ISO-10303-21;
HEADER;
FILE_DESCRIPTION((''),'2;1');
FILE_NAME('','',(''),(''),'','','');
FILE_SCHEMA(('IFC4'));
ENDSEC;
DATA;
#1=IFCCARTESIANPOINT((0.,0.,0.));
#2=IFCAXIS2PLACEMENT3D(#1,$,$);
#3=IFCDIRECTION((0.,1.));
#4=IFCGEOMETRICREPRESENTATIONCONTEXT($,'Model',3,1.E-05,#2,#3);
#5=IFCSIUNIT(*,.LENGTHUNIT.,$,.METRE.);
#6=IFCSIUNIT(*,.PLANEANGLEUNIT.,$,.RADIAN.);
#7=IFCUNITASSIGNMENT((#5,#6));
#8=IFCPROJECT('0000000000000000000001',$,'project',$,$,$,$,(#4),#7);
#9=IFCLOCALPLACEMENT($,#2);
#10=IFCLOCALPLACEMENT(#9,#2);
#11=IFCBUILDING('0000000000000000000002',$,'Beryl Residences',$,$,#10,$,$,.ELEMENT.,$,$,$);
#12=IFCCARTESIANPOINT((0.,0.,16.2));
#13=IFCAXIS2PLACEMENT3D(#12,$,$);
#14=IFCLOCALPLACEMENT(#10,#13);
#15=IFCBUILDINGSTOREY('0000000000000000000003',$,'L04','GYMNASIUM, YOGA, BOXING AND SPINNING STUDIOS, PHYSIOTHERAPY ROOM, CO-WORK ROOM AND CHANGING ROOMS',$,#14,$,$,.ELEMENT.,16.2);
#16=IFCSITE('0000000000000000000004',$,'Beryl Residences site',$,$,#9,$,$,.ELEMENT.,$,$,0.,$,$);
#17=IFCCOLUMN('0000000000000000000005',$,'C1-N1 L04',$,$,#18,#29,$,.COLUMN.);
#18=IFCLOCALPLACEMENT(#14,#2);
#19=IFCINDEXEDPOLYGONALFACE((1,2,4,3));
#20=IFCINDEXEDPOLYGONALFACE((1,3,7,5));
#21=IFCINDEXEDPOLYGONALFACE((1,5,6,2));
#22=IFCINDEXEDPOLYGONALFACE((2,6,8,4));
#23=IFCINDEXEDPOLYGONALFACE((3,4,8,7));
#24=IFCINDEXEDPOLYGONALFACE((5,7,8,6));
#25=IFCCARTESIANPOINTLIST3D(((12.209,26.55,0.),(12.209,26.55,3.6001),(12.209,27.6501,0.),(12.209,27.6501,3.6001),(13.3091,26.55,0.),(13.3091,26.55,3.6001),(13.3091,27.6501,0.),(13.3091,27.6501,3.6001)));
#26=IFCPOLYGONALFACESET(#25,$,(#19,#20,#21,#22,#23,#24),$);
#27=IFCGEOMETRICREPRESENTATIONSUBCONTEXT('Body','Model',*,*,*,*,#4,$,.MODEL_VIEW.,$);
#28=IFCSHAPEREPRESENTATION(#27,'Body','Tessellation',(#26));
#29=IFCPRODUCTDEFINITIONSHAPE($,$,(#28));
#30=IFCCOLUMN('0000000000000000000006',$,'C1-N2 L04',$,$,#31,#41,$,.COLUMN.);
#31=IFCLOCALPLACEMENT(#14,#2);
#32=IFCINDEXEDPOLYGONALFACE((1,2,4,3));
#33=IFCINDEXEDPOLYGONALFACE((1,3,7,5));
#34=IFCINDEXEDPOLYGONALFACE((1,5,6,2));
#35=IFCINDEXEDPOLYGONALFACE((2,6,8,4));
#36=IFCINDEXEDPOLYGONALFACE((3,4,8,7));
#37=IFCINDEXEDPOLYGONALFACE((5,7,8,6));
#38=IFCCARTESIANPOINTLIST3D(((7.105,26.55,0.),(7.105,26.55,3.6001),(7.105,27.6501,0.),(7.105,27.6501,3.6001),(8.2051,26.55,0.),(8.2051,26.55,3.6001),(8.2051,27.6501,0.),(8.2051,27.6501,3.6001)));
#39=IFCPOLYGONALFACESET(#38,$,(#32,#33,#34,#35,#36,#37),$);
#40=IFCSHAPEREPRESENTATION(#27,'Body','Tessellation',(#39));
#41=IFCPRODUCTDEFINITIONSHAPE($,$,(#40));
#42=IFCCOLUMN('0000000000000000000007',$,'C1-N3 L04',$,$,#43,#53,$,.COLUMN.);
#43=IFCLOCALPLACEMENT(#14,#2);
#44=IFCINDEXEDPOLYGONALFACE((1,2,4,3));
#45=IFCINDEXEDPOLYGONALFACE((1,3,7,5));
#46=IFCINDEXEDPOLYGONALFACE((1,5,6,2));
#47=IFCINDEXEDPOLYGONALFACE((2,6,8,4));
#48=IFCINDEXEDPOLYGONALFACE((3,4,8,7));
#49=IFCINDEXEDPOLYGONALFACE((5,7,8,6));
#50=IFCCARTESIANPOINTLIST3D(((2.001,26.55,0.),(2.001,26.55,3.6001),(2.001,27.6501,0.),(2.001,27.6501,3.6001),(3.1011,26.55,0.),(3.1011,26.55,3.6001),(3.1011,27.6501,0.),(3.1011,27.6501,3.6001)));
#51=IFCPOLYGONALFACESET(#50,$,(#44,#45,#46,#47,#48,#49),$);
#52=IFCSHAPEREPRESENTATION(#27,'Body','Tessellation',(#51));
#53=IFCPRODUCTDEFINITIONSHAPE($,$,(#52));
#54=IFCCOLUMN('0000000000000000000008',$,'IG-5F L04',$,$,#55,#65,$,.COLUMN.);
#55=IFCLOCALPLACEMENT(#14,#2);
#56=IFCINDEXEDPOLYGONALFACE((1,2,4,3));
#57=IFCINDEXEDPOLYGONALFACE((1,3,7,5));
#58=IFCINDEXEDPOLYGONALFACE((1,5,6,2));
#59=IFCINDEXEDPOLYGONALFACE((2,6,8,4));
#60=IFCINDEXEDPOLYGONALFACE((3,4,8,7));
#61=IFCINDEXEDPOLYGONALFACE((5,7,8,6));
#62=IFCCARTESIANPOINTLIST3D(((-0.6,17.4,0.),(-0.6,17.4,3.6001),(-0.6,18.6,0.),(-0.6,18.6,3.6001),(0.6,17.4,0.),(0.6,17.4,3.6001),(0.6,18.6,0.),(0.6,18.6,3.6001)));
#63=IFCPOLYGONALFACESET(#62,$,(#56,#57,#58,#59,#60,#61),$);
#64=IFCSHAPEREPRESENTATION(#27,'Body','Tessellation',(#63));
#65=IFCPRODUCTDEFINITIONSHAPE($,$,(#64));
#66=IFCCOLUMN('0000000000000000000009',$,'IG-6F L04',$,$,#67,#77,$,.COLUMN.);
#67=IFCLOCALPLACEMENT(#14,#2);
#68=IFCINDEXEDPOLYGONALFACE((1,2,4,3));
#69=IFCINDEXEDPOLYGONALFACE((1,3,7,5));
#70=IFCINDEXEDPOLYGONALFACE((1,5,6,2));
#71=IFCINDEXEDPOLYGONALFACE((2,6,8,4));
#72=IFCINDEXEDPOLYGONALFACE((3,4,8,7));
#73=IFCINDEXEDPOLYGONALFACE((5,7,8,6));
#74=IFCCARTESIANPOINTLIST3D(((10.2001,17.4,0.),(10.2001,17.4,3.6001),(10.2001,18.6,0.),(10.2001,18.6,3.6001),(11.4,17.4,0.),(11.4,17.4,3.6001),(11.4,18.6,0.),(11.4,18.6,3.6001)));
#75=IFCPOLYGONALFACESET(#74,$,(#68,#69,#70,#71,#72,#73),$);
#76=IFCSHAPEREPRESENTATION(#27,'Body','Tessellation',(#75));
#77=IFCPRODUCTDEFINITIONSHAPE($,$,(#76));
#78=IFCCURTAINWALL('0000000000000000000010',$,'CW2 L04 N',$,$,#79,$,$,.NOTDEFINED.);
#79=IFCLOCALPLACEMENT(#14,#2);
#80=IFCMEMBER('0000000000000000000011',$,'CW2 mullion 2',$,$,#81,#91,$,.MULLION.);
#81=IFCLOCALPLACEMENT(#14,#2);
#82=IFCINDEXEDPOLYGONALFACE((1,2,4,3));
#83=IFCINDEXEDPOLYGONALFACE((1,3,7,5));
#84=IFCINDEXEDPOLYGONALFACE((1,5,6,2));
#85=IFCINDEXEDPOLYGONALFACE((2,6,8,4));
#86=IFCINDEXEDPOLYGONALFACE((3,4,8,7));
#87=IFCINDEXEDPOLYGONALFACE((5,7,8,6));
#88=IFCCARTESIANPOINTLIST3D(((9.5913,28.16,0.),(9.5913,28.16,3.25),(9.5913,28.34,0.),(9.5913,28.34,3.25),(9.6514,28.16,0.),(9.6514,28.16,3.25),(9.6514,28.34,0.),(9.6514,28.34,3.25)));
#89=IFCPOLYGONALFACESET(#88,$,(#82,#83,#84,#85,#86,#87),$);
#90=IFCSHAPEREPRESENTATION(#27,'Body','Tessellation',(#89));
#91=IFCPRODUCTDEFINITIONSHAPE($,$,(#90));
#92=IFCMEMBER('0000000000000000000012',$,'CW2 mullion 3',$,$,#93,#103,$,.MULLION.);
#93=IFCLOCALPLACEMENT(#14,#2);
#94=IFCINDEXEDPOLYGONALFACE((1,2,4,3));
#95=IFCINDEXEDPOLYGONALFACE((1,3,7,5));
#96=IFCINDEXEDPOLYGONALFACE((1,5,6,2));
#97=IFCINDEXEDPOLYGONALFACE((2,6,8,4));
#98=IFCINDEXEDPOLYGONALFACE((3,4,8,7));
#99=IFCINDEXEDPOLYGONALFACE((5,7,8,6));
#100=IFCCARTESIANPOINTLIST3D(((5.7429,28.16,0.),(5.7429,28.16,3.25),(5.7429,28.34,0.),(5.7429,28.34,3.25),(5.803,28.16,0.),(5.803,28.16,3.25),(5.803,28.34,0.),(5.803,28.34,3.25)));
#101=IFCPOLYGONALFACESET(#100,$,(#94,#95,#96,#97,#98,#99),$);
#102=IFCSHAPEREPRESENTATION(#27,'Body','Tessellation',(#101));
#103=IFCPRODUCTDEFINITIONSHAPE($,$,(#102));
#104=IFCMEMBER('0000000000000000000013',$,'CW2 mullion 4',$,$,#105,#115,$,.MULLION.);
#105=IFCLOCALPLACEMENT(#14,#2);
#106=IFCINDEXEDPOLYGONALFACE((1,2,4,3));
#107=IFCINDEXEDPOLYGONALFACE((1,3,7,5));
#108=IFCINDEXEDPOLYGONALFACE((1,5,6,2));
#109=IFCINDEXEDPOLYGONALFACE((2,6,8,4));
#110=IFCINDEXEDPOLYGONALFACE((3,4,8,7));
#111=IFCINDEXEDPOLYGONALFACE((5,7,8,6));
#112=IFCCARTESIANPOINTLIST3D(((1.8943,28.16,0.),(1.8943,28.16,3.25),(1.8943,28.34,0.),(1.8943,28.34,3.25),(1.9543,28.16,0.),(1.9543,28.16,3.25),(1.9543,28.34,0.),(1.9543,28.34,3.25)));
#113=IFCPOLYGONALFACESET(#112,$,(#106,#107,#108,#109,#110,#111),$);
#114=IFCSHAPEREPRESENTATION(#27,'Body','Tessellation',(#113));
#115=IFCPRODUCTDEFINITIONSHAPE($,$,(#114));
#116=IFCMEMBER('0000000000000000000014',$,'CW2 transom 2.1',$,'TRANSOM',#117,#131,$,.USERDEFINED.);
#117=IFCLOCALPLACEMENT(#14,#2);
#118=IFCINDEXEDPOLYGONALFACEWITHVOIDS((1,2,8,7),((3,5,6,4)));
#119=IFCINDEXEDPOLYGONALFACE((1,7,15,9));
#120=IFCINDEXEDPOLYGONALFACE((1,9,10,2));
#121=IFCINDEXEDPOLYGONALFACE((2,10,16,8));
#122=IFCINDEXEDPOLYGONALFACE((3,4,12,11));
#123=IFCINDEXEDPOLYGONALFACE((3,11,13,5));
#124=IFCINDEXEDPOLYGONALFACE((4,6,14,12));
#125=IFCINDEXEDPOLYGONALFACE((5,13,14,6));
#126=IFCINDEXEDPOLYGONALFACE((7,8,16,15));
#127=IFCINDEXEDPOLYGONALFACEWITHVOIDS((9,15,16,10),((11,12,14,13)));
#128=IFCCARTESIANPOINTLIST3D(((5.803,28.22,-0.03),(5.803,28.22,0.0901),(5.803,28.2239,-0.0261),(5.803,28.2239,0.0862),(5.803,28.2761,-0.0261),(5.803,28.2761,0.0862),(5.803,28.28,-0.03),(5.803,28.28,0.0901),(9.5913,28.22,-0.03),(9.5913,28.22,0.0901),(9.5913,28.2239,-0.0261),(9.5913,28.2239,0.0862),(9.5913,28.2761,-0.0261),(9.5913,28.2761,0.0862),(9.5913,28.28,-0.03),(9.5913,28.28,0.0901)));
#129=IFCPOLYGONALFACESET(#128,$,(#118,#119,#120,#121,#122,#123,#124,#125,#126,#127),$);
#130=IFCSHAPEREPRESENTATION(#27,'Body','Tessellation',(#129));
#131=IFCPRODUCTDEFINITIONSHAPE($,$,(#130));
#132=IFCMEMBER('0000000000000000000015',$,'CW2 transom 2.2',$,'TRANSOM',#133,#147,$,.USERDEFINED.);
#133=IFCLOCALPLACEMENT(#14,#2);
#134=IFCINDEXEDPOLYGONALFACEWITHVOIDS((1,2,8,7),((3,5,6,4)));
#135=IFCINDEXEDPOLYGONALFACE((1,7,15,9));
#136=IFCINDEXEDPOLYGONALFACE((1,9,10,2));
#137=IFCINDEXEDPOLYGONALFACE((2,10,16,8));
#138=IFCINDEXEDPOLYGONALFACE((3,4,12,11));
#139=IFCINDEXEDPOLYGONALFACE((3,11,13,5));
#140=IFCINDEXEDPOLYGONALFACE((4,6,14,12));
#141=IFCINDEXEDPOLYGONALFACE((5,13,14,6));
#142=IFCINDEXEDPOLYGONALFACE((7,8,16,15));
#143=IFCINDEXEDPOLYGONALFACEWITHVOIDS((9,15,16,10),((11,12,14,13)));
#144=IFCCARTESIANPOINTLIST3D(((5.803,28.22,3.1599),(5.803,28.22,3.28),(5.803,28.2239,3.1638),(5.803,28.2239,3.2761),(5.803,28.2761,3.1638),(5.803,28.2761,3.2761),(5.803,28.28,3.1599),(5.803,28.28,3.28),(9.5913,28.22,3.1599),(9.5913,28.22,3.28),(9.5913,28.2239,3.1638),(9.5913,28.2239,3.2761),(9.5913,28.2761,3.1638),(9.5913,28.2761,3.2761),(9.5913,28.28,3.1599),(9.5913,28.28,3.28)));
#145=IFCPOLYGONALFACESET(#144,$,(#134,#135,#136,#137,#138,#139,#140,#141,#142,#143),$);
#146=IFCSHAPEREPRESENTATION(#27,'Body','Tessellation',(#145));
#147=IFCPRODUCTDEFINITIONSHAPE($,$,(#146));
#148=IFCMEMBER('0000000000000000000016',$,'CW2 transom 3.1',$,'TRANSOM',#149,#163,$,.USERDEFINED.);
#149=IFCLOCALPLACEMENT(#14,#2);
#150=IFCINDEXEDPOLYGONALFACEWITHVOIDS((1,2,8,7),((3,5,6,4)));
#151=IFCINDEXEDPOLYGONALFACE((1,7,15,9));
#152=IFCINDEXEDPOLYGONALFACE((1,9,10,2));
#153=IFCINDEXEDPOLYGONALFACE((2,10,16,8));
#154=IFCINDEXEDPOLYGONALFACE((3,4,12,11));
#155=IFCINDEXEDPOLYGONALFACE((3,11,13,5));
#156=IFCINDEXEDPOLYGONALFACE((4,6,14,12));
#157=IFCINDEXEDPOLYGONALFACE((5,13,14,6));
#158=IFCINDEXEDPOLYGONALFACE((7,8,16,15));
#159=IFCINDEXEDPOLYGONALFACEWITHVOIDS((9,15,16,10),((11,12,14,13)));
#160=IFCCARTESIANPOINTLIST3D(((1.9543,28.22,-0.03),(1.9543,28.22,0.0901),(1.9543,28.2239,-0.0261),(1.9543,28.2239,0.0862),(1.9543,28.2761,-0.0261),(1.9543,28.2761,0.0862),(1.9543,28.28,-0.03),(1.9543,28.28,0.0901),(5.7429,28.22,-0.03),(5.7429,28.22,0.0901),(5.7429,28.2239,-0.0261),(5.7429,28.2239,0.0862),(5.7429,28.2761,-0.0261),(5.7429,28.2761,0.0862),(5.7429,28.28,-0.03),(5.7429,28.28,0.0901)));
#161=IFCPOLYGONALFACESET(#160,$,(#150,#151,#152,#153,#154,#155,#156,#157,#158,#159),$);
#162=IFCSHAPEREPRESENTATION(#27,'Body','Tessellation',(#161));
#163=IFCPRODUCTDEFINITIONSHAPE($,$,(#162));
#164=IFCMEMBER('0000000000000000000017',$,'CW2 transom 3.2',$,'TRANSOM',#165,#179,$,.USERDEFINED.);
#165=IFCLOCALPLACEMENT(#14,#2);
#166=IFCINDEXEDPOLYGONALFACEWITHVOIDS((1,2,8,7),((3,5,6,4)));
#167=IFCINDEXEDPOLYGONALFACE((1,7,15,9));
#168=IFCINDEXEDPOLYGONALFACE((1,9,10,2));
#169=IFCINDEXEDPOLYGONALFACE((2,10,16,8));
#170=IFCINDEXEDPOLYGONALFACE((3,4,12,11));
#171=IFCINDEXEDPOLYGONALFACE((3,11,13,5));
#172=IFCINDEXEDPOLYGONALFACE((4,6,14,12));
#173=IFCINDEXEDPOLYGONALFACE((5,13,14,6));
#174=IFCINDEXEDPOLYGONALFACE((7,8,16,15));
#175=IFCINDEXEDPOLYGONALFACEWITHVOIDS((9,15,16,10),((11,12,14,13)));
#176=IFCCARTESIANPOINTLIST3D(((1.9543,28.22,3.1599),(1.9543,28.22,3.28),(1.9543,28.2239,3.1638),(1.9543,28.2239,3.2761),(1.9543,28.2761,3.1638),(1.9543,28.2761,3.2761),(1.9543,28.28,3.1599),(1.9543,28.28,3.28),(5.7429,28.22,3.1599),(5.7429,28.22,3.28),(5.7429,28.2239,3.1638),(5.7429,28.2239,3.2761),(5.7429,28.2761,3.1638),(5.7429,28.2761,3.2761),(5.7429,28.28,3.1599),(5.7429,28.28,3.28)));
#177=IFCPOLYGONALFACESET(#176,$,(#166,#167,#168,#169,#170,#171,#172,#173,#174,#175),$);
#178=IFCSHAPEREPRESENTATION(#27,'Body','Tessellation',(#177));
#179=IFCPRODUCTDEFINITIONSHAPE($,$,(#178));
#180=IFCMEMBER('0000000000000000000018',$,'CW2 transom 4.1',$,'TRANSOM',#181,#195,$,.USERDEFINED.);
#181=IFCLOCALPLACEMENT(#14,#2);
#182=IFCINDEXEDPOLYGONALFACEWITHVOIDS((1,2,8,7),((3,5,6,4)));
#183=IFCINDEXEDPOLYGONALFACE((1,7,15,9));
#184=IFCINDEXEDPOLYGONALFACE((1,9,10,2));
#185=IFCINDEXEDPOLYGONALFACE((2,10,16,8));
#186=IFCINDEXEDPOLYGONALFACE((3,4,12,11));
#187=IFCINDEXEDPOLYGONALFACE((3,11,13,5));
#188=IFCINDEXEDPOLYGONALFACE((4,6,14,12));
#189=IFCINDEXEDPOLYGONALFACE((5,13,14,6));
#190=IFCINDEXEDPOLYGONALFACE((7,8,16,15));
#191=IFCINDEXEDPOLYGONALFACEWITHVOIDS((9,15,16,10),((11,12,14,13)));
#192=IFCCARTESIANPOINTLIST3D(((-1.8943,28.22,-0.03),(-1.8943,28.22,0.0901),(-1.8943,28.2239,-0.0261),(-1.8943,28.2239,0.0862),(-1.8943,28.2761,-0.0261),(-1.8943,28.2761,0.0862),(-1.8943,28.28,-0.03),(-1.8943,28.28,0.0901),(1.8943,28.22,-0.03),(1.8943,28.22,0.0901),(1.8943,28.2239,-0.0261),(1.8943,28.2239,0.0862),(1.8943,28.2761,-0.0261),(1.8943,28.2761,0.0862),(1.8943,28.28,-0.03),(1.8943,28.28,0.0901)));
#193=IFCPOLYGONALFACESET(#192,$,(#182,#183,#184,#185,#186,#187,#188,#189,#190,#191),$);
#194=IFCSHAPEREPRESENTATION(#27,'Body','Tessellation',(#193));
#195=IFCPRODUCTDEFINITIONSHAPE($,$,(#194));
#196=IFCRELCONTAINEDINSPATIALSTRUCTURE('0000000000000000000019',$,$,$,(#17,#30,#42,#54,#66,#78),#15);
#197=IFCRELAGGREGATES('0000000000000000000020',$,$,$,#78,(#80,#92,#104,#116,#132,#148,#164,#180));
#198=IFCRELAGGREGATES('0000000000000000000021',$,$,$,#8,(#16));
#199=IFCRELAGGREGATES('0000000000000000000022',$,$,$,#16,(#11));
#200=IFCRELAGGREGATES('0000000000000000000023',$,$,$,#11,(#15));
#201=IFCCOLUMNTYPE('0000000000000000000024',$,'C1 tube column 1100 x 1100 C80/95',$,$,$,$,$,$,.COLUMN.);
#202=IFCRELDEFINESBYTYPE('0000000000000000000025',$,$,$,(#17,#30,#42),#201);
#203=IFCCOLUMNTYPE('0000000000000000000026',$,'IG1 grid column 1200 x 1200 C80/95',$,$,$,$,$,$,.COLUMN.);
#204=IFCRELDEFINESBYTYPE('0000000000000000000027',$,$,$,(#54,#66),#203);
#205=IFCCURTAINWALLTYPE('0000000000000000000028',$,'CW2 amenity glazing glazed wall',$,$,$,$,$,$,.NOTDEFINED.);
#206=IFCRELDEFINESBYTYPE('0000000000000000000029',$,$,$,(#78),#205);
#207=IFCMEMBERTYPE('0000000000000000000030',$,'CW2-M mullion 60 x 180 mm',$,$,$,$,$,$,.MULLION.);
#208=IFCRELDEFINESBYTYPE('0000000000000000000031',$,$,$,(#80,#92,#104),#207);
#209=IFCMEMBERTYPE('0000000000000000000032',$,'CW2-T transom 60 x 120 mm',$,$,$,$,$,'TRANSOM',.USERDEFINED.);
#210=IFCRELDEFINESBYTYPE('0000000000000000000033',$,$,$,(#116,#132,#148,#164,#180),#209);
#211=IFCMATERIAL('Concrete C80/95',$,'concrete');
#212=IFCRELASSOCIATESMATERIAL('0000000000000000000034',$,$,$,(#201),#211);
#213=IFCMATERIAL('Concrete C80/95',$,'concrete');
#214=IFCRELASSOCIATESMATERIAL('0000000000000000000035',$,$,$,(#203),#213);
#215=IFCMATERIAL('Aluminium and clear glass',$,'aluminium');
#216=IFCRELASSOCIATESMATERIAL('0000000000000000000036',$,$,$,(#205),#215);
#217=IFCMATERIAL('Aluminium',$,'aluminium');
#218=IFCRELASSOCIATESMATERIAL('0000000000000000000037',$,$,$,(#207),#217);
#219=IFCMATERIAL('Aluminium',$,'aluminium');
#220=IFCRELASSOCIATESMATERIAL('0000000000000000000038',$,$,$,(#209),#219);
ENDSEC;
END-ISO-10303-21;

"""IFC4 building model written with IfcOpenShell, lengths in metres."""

from ifc_helpers import new_model, si_unit, direction, frame, origin, origin_2d, place, context, subcontext, project, spatial, rectangle, hollow_rectangle, extrude, material, material_profile, profile_set, type_object, element, aggregate, save


model = new_model("IFC4")

# Units and contexts
model_context = context("Model", 3, precision=1e-05, world=origin(), true_north=direction((0.0, 1.0)))
body_context = subcontext(model_context, "Body", "Model", "MODEL_VIEW")
ifc_project = project(units=[si_unit("LENGTHUNIT", "METRE"), si_unit("PLANEANGLEUNIT", "RADIAN")], contexts=[model_context])

# Site, building, storey
site_placement = place(None, origin())
site = spatial("IfcSite", under=ifc_project, at=site_placement, Name="Beryl Residences site", CompositionType="ELEMENT", RefElevation=0.0)
building_placement = place(site_placement, origin())
building = spatial("IfcBuilding", under=site, at=building_placement, Name="Beryl Residences", CompositionType="ELEMENT")
storey_placement = place(building_placement, frame((0.0, 0.0, 16.2)))
storey = spatial("IfcBuildingStorey", under=building, at=storey_placement, Name="L04", Description="GYMNASIUM, YOGA, BOXING AND SPINNING STUDIOS, PHYSIOTHERAPY ROOM, CO-WORK ROOM AND CHANGING ROOMS", CompositionType="ELEMENT", Elevation=16.2)

# Columns
ifc_material_1 = material(Name="Concrete C80/95", Category="concrete")
ifc_material_profile_1 = material_profile(ifc_material_1, rectangle(XDim=1.1001, YDim=1.1001, at=origin_2d()))
ifc_profile_set_1 = profile_set([ifc_material_profile_1], Name="Concrete C80/95")
column_type_1 = type_object("IfcColumnType", Name="C1 tube column 1100 x 1100 C80/95", PredefinedType="COLUMN", material=ifc_profile_set_1)
for number, where, z_axis, x_axis, name in (
    (1, (12.759, 27.1001, 0.0), (0.0, 0.0, 1.0), (-1.0, 0.0, 0.0), "C1-N1 L04"),
    (2, (7.655, 27.1001, 0.0), (0.0, 0.0, 1.0), (-1.0, 0.0, 0.0), "C1-N2 L04"),
    (3, (2.551, 27.1001, 0.0), (0.0, 0.0, 1.0), (-1.0, 0.0, 0.0), "C1-N3 L04"),
):
    element("IfcColumn", number, at=place(storey_placement, frame(where, z_axis=z_axis, x_axis=x_axis)), inside=storey, type_object=column_type_1, Name=name, PredefinedType="COLUMN", context=body_context, shape_type="SweptSolid", body=[
        extrude(rectangle(XDim=1.1001, YDim=1.1001, at=origin_2d()), origin(), (0.0, 0.0, 1.0), 3.6001),
    ])
ifc_material_2 = material(Name="Concrete C80/95", Category="concrete")
ifc_material_profile_2 = material_profile(ifc_material_2, rectangle(XDim=1.2, YDim=1.2, at=origin_2d()))
ifc_profile_set_2 = profile_set([ifc_material_profile_2], Name="Concrete C80/95")
column_type_2 = type_object("IfcColumnType", Name="IG1 grid column 1200 x 1200 C80/95", PredefinedType="COLUMN", material=ifc_profile_set_2)
for number, where, z_axis, x_axis, name in (
    (4, (0.0, 18.0, 0.0), (0.0, 0.0, 1.0), (1.0, 0.0, 0.0), "IG-5F L04"),
    (5, (10.8, 18.0, 0.0), (0.0, 0.0, 1.0), (1.0, 0.0, 0.0), "IG-6F L04"),
):
    element("IfcColumn", number, at=place(storey_placement, frame(where, z_axis=z_axis, x_axis=x_axis)), inside=storey, type_object=column_type_2, Name=name, PredefinedType="COLUMN", context=body_context, shape_type="SweptSolid", body=[
        extrude(rectangle(XDim=1.2, YDim=1.2, at=origin_2d()), origin(), (0.0, 0.0, 1.0), 3.6001),
    ])

# Curtain wall, members
ifc_material_3 = material(Name="Aluminium and clear glass", Category="aluminium")
curtain_wall_type = type_object("IfcCurtainWallType", Name="CW2 amenity glazing glazed wall", PredefinedType="NOTDEFINED", material=ifc_material_3)
curtain_wall_placement = place(storey_placement, origin())
curtain_wall = element("IfcCurtainWall", 6, at=curtain_wall_placement, inside=storey, type_object=curtain_wall_type, Name="CW2 L04 N", PredefinedType="NOTDEFINED")
ifc_material_4 = material(Name="Aluminium", Category="aluminium")
ifc_material_profile_3 = material_profile(ifc_material_4, rectangle(XDim=0.0601, YDim=0.1799, at=origin_2d()))
ifc_profile_set_3 = profile_set([ifc_material_profile_3], Name="Aluminium")
member_type_1 = type_object("IfcMemberType", Name="CW2-M mullion 60 x 180 mm", PredefinedType="MULLION", material=ifc_profile_set_3)
member_1_placement = place(storey_placement, frame((9.6213, 28.25, 0.0), z_axis=(0.0, 0.0, 1.0), x_axis=(-1.0, 0.0, 0.0)))
member_1 = element("IfcMember", 7, at=member_1_placement, type_object=member_type_1, Name="CW2 mullion 2", PredefinedType="MULLION", context=body_context, shape_type="SweptSolid", body=[
    extrude(rectangle(XDim=0.0601, YDim=0.1799, at=origin_2d()), origin(), (0.0, 0.0, 1.0), 3.25),
])
member_2_placement = place(storey_placement, frame((5.7729, 28.25, 0.0), z_axis=(0.0, 0.0, 1.0), x_axis=(-1.0, 0.0, 0.0)))
member_2 = element("IfcMember", 8, at=member_2_placement, type_object=member_type_1, Name="CW2 mullion 3", PredefinedType="MULLION", context=body_context, shape_type="SweptSolid", body=[
    extrude(rectangle(XDim=0.0601, YDim=0.1799, at=origin_2d()), origin(), (0.0, 0.0, 1.0), 3.25),
])
member_3_placement = place(storey_placement, frame((1.9243, 28.25, 0.0), z_axis=(0.0, 0.0, 1.0), x_axis=(-1.0, 0.0, 0.0)))
member_3 = element("IfcMember", 9, at=member_3_placement, type_object=member_type_1, Name="CW2 mullion 4", PredefinedType="MULLION", context=body_context, shape_type="SweptSolid", body=[
    extrude(rectangle(XDim=0.0601, YDim=0.1799, at=origin_2d()), origin(), (0.0, 0.0, 1.0), 3.25),
])
ifc_material_5 = material(Name="Aluminium", Category="aluminium")
ifc_material_profile_4 = material_profile(ifc_material_5, hollow_rectangle(XDim=0.0601, YDim=0.1201, WallThickness=0.0039, at=origin_2d()))
ifc_profile_set_4 = profile_set([ifc_material_profile_4], Name="Aluminium")
member_type_2 = type_object("IfcMemberType", Name="CW2-T transom 60 x 120 mm", ElementType="TRANSOM", PredefinedType="USERDEFINED", material=ifc_profile_set_4)
member_4_placement = place(storey_placement, frame((9.5913, 28.25, 0.03), z_axis=(-1.0, 0.0, 0.0), x_axis=(0.0, -1.0, 0.0)))
member_4 = element("IfcMember", 10, at=member_4_placement, type_object=member_type_2, Name="CW2 transom 2.1", ObjectType="TRANSOM", PredefinedType="USERDEFINED", context=body_context, shape_type="SweptSolid", body=[
    extrude(hollow_rectangle(XDim=0.0601, YDim=0.1201, WallThickness=0.0039, at=origin_2d()), origin(), (0.0, 0.0, 1.0), 3.7883),
])
member_5_placement = place(storey_placement, frame((9.5913, 28.25, 3.22), z_axis=(-1.0, 0.0, 0.0), x_axis=(0.0, -1.0, 0.0)))
member_5 = element("IfcMember", 11, at=member_5_placement, type_object=member_type_2, Name="CW2 transom 2.2", ObjectType="TRANSOM", PredefinedType="USERDEFINED", context=body_context, shape_type="SweptSolid", body=[
    extrude(hollow_rectangle(XDim=0.0601, YDim=0.1201, WallThickness=0.0039, at=origin_2d()), origin(), (0.0, 0.0, 1.0), 3.7883),
])
member_6_placement = place(storey_placement, frame((5.7429, 28.25, 0.03), z_axis=(-1.0, 0.0, 0.0), x_axis=(0.0, -1.0, 0.0)))
member_6 = element("IfcMember", 12, at=member_6_placement, type_object=member_type_2, Name="CW2 transom 3.1", ObjectType="TRANSOM", PredefinedType="USERDEFINED", context=body_context, shape_type="SweptSolid", body=[
    extrude(hollow_rectangle(XDim=0.0601, YDim=0.1201, WallThickness=0.0039, at=origin_2d()), origin(), (0.0, 0.0, 1.0), 3.7886),
])
member_7_placement = place(storey_placement, frame((5.7429, 28.25, 3.22), z_axis=(-1.0, 0.0, 0.0), x_axis=(0.0, -1.0, 0.0)))
member_7 = element("IfcMember", 13, at=member_7_placement, type_object=member_type_2, Name="CW2 transom 3.2", ObjectType="TRANSOM", PredefinedType="USERDEFINED", context=body_context, shape_type="SweptSolid", body=[
    extrude(hollow_rectangle(XDim=0.0601, YDim=0.1201, WallThickness=0.0039, at=origin_2d()), origin(), (0.0, 0.0, 1.0), 3.7886),
])
member_8_placement = place(storey_placement, frame((1.8943, 28.25, 0.03), z_axis=(-1.0, 0.0, 0.0), x_axis=(0.0, -1.0, 0.0)))
member_8 = element("IfcMember", 14, at=member_8_placement, type_object=member_type_2, Name="CW2 transom 4.1", ObjectType="TRANSOM", PredefinedType="USERDEFINED", context=body_context, shape_type="SweptSolid", body=[
    extrude(hollow_rectangle(XDim=0.0601, YDim=0.1201, WallThickness=0.0039, at=origin_2d()), origin(), (0.0, 0.0, 1.0), 3.7886),
])

aggregate(curtain_wall, [member_1, member_2, member_3, member_4, member_5, member_6, member_7, member_8])

save(model, "model.ifc")
